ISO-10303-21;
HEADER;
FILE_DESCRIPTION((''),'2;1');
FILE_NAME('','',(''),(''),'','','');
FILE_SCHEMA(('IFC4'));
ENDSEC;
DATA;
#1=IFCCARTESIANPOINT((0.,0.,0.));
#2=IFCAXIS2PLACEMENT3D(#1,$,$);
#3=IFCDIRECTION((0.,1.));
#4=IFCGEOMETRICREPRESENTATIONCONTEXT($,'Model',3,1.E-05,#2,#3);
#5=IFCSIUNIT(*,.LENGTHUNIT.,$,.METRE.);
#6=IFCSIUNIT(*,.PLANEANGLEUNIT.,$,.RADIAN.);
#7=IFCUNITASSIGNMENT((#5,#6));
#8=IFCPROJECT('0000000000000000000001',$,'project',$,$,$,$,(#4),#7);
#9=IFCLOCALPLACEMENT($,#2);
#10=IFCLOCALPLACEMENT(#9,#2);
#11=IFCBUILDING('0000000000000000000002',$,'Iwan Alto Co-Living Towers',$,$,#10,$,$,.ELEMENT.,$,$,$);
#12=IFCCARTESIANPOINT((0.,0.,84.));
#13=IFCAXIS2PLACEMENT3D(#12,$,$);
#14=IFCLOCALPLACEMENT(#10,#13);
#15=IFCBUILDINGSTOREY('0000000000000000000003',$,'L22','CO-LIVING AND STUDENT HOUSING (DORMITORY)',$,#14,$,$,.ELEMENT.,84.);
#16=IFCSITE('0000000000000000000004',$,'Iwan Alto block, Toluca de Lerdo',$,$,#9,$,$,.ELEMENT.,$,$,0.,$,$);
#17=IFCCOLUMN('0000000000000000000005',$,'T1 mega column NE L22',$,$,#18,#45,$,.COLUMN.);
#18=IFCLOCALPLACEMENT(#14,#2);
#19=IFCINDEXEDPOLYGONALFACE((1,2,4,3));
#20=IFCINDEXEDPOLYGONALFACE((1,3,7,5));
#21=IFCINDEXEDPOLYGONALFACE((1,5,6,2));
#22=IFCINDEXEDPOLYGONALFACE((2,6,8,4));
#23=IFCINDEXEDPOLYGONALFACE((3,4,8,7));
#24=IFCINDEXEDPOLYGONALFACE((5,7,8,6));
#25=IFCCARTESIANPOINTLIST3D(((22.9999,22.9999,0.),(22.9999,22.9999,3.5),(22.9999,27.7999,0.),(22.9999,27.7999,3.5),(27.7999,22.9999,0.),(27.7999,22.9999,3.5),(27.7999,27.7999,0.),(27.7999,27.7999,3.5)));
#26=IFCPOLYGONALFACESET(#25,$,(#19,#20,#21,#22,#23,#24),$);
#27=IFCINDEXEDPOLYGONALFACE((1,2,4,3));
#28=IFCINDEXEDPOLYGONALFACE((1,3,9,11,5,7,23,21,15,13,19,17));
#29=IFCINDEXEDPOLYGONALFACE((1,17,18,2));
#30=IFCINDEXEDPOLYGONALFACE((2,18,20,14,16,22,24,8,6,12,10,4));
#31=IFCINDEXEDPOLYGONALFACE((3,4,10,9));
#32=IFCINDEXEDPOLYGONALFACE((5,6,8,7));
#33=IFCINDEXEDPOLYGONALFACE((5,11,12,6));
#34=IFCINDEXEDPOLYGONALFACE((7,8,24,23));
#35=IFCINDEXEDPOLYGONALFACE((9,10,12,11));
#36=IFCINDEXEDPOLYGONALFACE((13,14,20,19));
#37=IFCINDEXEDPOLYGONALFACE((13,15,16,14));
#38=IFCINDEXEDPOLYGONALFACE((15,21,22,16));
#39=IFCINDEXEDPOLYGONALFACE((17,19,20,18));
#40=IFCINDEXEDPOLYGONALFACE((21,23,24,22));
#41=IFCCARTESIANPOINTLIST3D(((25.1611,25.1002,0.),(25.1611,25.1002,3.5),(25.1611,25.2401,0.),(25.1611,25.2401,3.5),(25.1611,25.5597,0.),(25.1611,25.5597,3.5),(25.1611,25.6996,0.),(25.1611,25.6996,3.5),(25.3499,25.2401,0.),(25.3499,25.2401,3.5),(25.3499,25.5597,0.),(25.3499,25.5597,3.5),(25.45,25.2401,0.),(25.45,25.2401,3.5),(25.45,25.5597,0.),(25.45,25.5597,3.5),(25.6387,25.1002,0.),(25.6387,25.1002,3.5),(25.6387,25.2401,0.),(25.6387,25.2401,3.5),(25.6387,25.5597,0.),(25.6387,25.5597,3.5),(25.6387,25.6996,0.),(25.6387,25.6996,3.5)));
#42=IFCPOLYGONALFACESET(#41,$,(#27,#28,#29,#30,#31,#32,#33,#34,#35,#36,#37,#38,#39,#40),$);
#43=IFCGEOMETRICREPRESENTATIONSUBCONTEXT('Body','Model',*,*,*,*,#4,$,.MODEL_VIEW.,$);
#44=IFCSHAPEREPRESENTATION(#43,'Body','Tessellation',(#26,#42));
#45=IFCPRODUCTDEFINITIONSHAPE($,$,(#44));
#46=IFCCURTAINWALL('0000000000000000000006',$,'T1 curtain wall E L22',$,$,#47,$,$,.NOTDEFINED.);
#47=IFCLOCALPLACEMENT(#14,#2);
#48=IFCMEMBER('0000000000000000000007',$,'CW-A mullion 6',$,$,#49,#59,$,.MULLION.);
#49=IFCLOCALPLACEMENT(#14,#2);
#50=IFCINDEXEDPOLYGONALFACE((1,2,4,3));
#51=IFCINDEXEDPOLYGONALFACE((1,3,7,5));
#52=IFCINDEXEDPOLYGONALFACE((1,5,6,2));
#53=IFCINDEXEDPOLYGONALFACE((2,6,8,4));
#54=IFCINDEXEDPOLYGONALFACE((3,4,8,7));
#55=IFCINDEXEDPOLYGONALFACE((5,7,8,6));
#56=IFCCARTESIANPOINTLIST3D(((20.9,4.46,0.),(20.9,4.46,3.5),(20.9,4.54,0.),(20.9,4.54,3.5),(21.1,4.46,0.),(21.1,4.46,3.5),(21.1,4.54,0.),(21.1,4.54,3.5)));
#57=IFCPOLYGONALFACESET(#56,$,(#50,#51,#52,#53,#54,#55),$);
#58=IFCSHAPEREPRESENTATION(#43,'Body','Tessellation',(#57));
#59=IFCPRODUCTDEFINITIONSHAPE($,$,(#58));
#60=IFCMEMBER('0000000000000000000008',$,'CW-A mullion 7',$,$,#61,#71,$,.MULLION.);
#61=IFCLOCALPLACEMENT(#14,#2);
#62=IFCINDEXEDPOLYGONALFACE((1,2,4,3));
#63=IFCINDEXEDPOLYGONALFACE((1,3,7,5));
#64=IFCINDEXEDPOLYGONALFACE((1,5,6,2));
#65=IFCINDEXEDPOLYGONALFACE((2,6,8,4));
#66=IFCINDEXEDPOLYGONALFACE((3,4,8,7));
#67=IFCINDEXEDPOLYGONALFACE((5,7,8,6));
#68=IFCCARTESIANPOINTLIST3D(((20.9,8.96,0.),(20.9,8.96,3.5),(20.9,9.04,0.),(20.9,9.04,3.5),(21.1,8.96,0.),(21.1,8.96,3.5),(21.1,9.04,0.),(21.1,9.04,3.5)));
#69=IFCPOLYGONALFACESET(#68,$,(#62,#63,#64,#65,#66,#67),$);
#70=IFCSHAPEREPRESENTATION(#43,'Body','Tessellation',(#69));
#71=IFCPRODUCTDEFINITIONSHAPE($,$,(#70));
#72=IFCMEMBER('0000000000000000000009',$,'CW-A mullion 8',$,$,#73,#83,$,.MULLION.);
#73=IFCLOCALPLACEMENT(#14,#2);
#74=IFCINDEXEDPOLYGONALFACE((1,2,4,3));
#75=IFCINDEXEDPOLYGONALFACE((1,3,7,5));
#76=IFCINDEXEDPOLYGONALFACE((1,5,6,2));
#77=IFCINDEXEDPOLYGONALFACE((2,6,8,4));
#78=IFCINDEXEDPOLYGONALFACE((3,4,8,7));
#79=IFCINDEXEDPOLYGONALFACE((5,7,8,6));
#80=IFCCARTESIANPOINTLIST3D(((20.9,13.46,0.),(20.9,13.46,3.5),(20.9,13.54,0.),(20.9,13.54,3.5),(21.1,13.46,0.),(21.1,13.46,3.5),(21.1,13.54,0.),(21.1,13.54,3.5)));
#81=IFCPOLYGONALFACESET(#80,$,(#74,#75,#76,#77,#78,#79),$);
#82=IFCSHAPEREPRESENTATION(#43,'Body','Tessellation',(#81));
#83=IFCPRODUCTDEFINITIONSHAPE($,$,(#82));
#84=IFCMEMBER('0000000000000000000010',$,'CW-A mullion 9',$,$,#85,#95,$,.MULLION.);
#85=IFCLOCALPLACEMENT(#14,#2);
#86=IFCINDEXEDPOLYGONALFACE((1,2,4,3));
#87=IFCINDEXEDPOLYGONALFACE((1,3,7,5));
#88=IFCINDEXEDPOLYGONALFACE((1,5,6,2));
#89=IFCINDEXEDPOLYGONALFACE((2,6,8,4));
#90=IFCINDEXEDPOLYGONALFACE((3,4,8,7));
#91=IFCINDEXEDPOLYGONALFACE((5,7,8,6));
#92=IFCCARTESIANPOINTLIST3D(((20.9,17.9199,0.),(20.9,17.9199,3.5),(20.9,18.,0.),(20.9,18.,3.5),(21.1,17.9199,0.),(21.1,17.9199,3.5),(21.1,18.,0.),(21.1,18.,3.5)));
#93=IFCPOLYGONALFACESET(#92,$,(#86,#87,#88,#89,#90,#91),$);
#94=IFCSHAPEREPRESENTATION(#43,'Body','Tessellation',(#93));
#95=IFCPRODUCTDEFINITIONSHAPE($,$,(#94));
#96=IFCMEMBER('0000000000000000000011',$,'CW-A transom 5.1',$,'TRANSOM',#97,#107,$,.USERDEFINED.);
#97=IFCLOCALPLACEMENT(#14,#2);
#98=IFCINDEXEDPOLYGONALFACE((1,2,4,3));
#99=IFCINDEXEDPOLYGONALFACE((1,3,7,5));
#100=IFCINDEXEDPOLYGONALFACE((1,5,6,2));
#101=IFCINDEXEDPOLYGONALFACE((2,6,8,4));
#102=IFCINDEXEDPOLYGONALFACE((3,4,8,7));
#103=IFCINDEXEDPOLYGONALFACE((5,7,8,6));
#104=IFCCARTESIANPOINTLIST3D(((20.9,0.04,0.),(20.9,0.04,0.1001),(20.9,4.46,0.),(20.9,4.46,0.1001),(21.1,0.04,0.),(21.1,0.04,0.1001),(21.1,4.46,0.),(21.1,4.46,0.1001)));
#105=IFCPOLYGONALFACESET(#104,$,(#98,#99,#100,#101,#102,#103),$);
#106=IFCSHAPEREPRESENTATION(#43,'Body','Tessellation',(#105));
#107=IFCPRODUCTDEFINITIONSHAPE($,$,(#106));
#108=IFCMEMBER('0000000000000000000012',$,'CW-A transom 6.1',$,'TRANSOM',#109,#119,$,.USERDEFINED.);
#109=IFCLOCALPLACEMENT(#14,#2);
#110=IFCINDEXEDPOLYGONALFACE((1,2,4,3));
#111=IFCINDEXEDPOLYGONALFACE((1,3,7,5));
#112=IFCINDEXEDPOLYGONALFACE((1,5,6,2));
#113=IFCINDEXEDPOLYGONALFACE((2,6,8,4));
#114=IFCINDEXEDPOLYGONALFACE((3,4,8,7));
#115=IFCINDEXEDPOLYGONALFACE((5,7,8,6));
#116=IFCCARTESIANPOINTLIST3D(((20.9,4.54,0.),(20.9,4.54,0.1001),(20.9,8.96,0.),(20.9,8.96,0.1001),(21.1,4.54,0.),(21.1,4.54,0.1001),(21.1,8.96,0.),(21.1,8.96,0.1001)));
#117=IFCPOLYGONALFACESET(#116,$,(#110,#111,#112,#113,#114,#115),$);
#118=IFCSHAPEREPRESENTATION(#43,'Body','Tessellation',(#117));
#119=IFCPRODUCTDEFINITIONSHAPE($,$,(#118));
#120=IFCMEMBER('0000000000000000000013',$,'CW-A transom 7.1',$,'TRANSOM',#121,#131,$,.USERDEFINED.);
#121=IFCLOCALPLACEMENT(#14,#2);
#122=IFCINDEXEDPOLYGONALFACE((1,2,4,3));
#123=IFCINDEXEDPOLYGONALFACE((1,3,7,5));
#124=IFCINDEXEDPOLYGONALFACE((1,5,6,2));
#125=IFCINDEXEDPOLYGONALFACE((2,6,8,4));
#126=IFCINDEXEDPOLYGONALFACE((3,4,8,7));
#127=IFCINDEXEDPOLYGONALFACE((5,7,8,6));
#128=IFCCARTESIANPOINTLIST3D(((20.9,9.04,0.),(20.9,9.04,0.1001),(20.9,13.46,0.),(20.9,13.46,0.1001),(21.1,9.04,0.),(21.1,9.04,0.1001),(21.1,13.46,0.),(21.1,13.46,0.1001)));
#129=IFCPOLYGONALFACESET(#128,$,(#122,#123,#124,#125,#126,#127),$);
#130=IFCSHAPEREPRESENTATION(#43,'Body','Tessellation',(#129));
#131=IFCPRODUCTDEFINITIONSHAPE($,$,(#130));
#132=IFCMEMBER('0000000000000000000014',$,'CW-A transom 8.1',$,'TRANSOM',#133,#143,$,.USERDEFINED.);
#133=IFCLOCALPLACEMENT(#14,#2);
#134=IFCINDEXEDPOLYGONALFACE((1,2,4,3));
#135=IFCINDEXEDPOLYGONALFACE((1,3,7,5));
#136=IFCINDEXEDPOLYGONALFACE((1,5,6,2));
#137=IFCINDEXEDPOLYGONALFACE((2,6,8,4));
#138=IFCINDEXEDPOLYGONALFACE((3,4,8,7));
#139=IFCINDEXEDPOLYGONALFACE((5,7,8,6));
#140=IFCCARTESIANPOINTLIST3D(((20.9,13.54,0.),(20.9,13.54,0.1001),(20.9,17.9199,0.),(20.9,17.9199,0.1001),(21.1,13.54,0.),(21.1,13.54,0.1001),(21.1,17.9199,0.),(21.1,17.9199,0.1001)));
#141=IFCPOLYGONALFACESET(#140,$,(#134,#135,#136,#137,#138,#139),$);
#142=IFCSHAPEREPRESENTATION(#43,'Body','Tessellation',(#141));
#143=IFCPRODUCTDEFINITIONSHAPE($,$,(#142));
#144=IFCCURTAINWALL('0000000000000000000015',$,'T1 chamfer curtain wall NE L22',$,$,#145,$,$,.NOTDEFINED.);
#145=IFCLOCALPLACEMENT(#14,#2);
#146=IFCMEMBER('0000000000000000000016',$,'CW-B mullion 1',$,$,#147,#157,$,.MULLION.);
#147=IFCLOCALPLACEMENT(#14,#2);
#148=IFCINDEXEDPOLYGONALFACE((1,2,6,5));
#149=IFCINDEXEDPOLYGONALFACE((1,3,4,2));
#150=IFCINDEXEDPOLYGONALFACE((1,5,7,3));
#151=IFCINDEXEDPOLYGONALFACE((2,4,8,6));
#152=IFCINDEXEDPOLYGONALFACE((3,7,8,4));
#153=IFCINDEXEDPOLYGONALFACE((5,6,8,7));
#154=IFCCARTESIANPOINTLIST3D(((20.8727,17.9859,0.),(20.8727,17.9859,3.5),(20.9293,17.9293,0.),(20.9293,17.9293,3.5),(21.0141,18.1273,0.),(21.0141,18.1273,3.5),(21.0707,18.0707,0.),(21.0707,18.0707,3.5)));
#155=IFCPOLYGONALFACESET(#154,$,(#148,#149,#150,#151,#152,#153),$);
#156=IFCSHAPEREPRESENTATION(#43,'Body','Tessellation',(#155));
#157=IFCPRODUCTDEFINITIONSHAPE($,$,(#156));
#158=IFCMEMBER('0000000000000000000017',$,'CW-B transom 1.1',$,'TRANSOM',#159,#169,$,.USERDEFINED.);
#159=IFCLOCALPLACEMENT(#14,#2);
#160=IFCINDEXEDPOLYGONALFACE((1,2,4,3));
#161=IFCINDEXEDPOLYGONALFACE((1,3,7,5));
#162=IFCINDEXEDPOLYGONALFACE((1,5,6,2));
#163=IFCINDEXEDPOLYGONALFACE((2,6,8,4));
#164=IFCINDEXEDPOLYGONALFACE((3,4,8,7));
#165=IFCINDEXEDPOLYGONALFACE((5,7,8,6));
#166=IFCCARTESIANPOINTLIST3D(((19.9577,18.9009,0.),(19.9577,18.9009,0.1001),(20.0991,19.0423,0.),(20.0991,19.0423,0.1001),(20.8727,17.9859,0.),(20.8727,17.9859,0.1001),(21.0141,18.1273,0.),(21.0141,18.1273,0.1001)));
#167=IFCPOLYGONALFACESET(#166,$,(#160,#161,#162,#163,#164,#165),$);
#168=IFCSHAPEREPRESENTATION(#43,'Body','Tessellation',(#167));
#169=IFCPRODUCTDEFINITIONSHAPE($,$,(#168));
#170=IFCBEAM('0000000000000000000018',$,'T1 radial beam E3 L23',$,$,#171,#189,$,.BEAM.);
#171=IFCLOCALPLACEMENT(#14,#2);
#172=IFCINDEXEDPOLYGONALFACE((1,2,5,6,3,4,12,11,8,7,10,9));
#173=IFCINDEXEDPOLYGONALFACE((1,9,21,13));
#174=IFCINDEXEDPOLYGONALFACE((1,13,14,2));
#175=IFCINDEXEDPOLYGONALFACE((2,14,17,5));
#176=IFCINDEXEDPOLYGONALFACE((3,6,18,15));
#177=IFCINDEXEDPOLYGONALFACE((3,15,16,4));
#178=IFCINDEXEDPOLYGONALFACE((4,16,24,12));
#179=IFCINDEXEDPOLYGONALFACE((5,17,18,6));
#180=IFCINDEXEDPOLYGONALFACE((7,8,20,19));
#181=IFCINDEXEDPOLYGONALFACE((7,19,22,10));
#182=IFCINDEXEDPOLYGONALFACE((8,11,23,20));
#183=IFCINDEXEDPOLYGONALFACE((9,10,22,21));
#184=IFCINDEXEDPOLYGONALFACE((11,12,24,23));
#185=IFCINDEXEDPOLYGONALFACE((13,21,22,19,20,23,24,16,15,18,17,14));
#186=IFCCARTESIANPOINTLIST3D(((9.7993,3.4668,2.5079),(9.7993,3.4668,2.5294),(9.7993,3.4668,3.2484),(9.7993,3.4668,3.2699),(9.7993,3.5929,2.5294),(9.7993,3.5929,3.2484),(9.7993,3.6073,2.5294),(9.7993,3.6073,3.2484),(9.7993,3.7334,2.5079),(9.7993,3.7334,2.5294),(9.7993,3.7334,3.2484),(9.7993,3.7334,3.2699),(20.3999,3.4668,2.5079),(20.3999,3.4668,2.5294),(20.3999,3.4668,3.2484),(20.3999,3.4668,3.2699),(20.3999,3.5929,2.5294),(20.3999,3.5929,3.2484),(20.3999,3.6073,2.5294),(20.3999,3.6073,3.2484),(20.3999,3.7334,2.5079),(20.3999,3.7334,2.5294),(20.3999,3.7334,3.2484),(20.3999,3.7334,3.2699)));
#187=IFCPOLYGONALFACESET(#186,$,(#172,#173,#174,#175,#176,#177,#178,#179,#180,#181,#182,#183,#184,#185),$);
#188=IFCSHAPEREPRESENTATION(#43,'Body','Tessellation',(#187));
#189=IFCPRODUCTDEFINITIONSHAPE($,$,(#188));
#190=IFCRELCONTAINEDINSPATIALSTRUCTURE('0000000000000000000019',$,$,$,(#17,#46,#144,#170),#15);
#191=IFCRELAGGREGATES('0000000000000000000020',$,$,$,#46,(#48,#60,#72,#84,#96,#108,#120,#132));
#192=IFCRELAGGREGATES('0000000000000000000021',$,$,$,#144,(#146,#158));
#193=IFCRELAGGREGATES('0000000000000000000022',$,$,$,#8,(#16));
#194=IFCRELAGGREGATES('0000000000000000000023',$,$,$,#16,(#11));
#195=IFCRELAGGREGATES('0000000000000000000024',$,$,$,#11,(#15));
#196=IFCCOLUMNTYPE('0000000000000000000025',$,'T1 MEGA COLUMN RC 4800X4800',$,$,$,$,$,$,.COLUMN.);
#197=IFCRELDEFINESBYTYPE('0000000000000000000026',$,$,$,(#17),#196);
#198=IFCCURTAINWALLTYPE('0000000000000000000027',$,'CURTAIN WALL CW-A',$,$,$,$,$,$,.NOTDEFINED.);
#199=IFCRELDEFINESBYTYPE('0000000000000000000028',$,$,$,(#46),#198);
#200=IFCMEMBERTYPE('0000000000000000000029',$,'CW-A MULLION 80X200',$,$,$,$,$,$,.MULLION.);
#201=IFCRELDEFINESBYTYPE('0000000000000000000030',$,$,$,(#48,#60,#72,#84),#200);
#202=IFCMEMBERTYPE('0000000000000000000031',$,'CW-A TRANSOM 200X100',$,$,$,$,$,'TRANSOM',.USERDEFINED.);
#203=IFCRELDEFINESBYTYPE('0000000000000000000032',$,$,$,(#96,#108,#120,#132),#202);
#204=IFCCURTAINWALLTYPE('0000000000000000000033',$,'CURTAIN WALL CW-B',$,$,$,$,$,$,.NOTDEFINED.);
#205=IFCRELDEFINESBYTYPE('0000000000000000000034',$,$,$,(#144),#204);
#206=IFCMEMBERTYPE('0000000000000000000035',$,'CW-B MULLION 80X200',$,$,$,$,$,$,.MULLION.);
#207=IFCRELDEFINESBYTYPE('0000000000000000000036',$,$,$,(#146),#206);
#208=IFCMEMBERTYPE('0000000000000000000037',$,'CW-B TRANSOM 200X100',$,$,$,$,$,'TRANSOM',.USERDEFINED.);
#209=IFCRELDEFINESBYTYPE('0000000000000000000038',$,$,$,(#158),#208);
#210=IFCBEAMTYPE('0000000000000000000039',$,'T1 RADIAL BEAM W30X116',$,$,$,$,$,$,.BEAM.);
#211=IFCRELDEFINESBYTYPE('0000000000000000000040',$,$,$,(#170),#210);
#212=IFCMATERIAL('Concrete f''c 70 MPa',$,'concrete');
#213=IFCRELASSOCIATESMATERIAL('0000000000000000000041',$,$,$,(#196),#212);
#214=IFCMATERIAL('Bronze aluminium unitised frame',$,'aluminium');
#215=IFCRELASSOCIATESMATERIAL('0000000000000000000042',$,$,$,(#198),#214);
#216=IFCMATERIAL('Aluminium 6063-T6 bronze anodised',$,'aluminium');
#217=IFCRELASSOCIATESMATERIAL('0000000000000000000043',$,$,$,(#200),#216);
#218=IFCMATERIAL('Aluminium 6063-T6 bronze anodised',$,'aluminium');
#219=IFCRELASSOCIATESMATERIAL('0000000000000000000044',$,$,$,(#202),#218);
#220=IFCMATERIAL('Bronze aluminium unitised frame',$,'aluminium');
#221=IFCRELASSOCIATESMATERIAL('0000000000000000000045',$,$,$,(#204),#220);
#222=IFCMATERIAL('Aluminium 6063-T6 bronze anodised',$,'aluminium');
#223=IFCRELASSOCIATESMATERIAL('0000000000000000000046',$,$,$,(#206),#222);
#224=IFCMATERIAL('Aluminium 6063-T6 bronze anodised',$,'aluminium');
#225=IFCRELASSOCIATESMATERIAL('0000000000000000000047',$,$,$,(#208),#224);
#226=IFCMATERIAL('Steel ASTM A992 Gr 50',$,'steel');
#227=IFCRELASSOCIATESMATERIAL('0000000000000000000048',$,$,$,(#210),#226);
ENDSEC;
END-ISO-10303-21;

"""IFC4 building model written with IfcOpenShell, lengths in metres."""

from ifc_helpers import new_model, si_unit, direction, frame, origin, origin_2d, place, context, subcontext, project, spatial, rectangle, i_section, extrude, material, material_profile, profile_set, type_object, element, aggregate, save


model = new_model("IFC4")

# Units and contexts
model_context = context("Model", 3, precision=1e-05, world=origin(), true_north=direction((0.0, 1.0)))
body_context = subcontext(model_context, "Body", "Model", "MODEL_VIEW")
ifc_project = project(units=[si_unit("LENGTHUNIT", "METRE"), si_unit("PLANEANGLEUNIT", "RADIAN")], contexts=[model_context])

# Site, building, storey
site_placement = place(None, origin())
site = spatial("IfcSite", under=ifc_project, at=site_placement, Name="Iwan Alto block, Toluca de Lerdo", CompositionType="ELEMENT", RefElevation=0.0)
building_placement = place(site_placement, origin())
building = spatial("IfcBuilding", under=site, at=building_placement, Name="Iwan Alto Co-Living Towers", CompositionType="ELEMENT")
storey_placement = place(building_placement, frame((0.0, 0.0, 84.0)))
storey = spatial("IfcBuildingStorey", under=building, at=storey_placement, Name="L22", Description="CO-LIVING AND STUDENT HOUSING (DORMITORY)", CompositionType="ELEMENT", Elevation=84.0)

# Column
ifc_material_1 = material(Name="Concrete f'c 70 MPa", Category="concrete")
ifc_material_profile_1 = material_profile(ifc_material_1, rectangle(XDim=4.8, YDim=4.8, at=origin_2d()), Name="RC 4800X4800")
ifc_profile_set_1 = profile_set([ifc_material_profile_1], Name="Concrete f'c 70 MPa")
column_type = type_object("IfcColumnType", Name="T1 MEGA COLUMN RC 4800X4800", PredefinedType="COLUMN", material=ifc_profile_set_1)
column_placement = place(storey_placement, frame((25.3999, 25.3999, 0.0), z_axis=(0.0, 0.0, 1.0), x_axis=(1.0, 0.0, 0.0)))
element("IfcColumn", 1, at=column_placement, inside=storey, type_object=column_type, Name="T1 mega column NE L22", PredefinedType="COLUMN", context=body_context, shape_type="SweptSolid", body=[
    extrude(rectangle(XDim=4.8, YDim=4.8, at=origin_2d()), origin(), (0.0, 0.0, 1.0), 3.5),
    extrude(i_section(OverallWidth=0.4775, OverallDepth=0.5994, WebThickness=0.1001, FlangeThickness=0.1399, at=origin_2d()), origin(), (0.0, 0.0, 1.0), 3.5),
])

# Curtain walls, members
ifc_material_2 = material(Name="Bronze aluminium unitised frame", Category="aluminium")
curtain_wall_type_1 = type_object("IfcCurtainWallType", Name="CURTAIN WALL CW-A", PredefinedType="NOTDEFINED", material=ifc_material_2)
curtain_wall_1_placement = place(storey_placement, origin())
curtain_wall_1 = element("IfcCurtainWall", 2, at=curtain_wall_1_placement, inside=storey, type_object=curtain_wall_type_1, Name="T1 curtain wall E L22", PredefinedType="NOTDEFINED")
ifc_material_3 = material(Name="Aluminium 6063-T6 bronze anodised", Category="aluminium")
ifc_material_profile_2 = material_profile(ifc_material_3, rectangle(XDim=0.2, YDim=0.0801, at=origin_2d()), Name="AL 80X200")
ifc_profile_set_2 = profile_set([ifc_material_profile_2], Name="Aluminium 6063-T6 bronze anodised")
member_type_1 = type_object("IfcMemberType", Name="CW-A MULLION 80X200", PredefinedType="MULLION", material=ifc_profile_set_2)
member_1_placement = place(storey_placement, frame((21.0, 4.5, 0.0), z_axis=(0.0, 0.0, 1.0), x_axis=(-1.0, 0.0, 0.0)))
member_1 = element("IfcMember", 3, at=member_1_placement, type_object=member_type_1, Name="CW-A mullion 6", PredefinedType="MULLION", context=body_context, shape_type="SweptSolid", body=[
    extrude(rectangle(XDim=0.2, YDim=0.0801, at=origin_2d()), origin(), (0.0, 0.0, 1.0), 3.5),
])
member_2_placement = place(storey_placement, frame((21.0, 9.0, 0.0), z_axis=(0.0, 0.0, 1.0), x_axis=(-1.0, 0.0, 0.0)))
member_2 = element("IfcMember", 4, at=member_2_placement, type_object=member_type_1, Name="CW-A mullion 7", PredefinedType="MULLION", context=body_context, shape_type="SweptSolid", body=[
    extrude(rectangle(XDim=0.2, YDim=0.0801, at=origin_2d()), origin(), (0.0, 0.0, 1.0), 3.5),
])
member_3_placement = place(storey_placement, frame((21.0, 13.5, 0.0), z_axis=(0.0, 0.0, 1.0), x_axis=(-1.0, 0.0, 0.0)))
member_3 = element("IfcMember", 5, at=member_3_placement, type_object=member_type_1, Name="CW-A mullion 8", PredefinedType="MULLION", context=body_context, shape_type="SweptSolid", body=[
    extrude(rectangle(XDim=0.2, YDim=0.0801, at=origin_2d()), origin(), (0.0, 0.0, 1.0), 3.5),
])
member_4_placement = place(storey_placement, frame((21.0, 17.96, 0.0), z_axis=(0.0, 0.0, 1.0), x_axis=(-1.0, 0.0, 0.0)))
member_4 = element("IfcMember", 6, at=member_4_placement, type_object=member_type_1, Name="CW-A mullion 9", PredefinedType="MULLION", context=body_context, shape_type="SweptSolid", body=[
    extrude(rectangle(XDim=0.2, YDim=0.0801, at=origin_2d()), origin(), (0.0, 0.0, 1.0), 3.5),
])
ifc_material_4 = material(Name="Aluminium 6063-T6 bronze anodised", Category="aluminium")
ifc_material_profile_3 = material_profile(ifc_material_4, rectangle(XDim=0.2, YDim=0.1001, at=origin_2d()), Name="AL 200X100")
ifc_profile_set_3 = profile_set([ifc_material_profile_3], Name="Aluminium 6063-T6 bronze anodised")
member_type_2 = type_object("IfcMemberType", Name="CW-A TRANSOM 200X100", ElementType="TRANSOM", PredefinedType="USERDEFINED", material=ifc_profile_set_3)
member_5_placement = place(storey_placement, frame((21.0, 0.04, 0.05), z_axis=(0.0, 1.0, 0.0), x_axis=(-1.0, 0.0, 0.0)))
member_5 = element("IfcMember", 7, at=member_5_placement, type_object=member_type_2, Name="CW-A transom 5.1", ObjectType="TRANSOM", PredefinedType="USERDEFINED", context=body_context, shape_type="SweptSolid", body=[
    extrude(rectangle(XDim=0.2, YDim=0.1001, at=origin_2d()), origin(), (0.0, 0.0, 1.0), 4.4199),
])
member_6_placement = place(storey_placement, frame((21.0, 4.54, 0.05), z_axis=(0.0, 1.0, 0.0), x_axis=(-1.0, 0.0, 0.0)))
member_6 = element("IfcMember", 8, at=member_6_placement, type_object=member_type_2, Name="CW-A transom 6.1", ObjectType="TRANSOM", PredefinedType="USERDEFINED", context=body_context, shape_type="SweptSolid", body=[
    extrude(rectangle(XDim=0.2, YDim=0.1001, at=origin_2d()), origin(), (0.0, 0.0, 1.0), 4.4199),
])
member_7_placement = place(storey_placement, frame((21.0, 9.04, 0.05), z_axis=(0.0, 1.0, 0.0), x_axis=(-1.0, 0.0, 0.0)))
member_7 = element("IfcMember", 9, at=member_7_placement, type_object=member_type_2, Name="CW-A transom 7.1", ObjectType="TRANSOM", PredefinedType="USERDEFINED", context=body_context, shape_type="SweptSolid", body=[
    extrude(rectangle(XDim=0.2, YDim=0.1001, at=origin_2d()), origin(), (0.0, 0.0, 1.0), 4.4199),
])
member_8_placement = place(storey_placement, frame((21.0, 13.54, 0.05), z_axis=(0.0, 1.0, 0.0), x_axis=(-1.0, 0.0, 0.0)))
member_8 = element("IfcMember", 10, at=member_8_placement, type_object=member_type_2, Name="CW-A transom 8.1", ObjectType="TRANSOM", PredefinedType="USERDEFINED", context=body_context, shape_type="SweptSolid", body=[
    extrude(rectangle(XDim=0.2, YDim=0.1001, at=origin_2d()), origin(), (0.0, 0.0, 1.0), 4.3799),
])
ifc_material_5 = material(Name="Bronze aluminium unitised frame", Category="aluminium")
curtain_wall_type_2 = type_object("IfcCurtainWallType", Name="CURTAIN WALL CW-B", PredefinedType="NOTDEFINED", material=ifc_material_5)
curtain_wall_2_placement = place(storey_placement, origin())
curtain_wall_2 = element("IfcCurtainWall", 11, at=curtain_wall_2_placement, inside=storey, type_object=curtain_wall_type_2, Name="T1 chamfer curtain wall NE L22", PredefinedType="NOTDEFINED")
ifc_material_6 = material(Name="Aluminium 6063-T6 bronze anodised", Category="aluminium")
ifc_material_profile_4 = material_profile(ifc_material_6, rectangle(XDim=0.2, YDim=0.0801, at=origin_2d()), Name="AL 80X200")
ifc_profile_set_4 = profile_set([ifc_material_profile_4], Name="Aluminium 6063-T6 bronze anodised")
member_type_3 = type_object("IfcMemberType", Name="CW-B MULLION 80X200", PredefinedType="MULLION", material=ifc_profile_set_4)
member_9_placement = place(storey_placement, frame((20.9717, 18.0283, 0.0), z_axis=(0.0, 0.0, 1.0), x_axis=(-0.707107, -0.707107, 0.0)))
member_9 = element("IfcMember", 12, at=member_9_placement, type_object=member_type_3, Name="CW-B mullion 1", PredefinedType="MULLION", context=body_context, shape_type="SweptSolid", body=[
    extrude(rectangle(XDim=0.2, YDim=0.0801, at=origin_2d()), origin(), (0.0, 0.0, 1.0), 3.5),
])
ifc_material_7 = material(Name="Aluminium 6063-T6 bronze anodised", Category="aluminium")
ifc_material_profile_5 = material_profile(ifc_material_7, rectangle(XDim=0.2, YDim=0.1001, at=origin_2d()), Name="AL 200X100")
ifc_profile_set_5 = profile_set([ifc_material_profile_5], Name="Aluminium 6063-T6 bronze anodised")
member_type_4 = type_object("IfcMemberType", Name="CW-B TRANSOM 200X100", ElementType="TRANSOM", PredefinedType="USERDEFINED", material=ifc_profile_set_5)
member_10_placement = place(storey_placement, frame((20.9434, 18.0566, 0.05), z_axis=(-0.707107, 0.707107, 0.0), x_axis=(-0.707107, -0.707107, 0.0)))
member_10 = element("IfcMember", 13, at=member_10_placement, type_object=member_type_4, Name="CW-B transom 1.1", ObjectType="TRANSOM", PredefinedType="USERDEFINED", context=body_context, shape_type="SweptSolid", body=[
    extrude(rectangle(XDim=0.2, YDim=0.1001, at=origin_2d()), origin(), (0.0, 0.0, 1.0), 1.2939),
])

# Beam
ifc_material_8 = material(Name="Steel ASTM A992 Gr 50", Category="steel")
ifc_material_profile_6 = material_profile(ifc_material_8, i_section(OverallWidth=0.2666, OverallDepth=0.762, WebThickness=0.0144, FlangeThickness=0.0215, at=origin_2d()), Name="W30X116")
ifc_profile_set_6 = profile_set([ifc_material_profile_6], Name="Steel ASTM A992 Gr 50")
beam_type_1 = type_object("IfcBeamType", Name="T1 RADIAL BEAM W30X116", PredefinedType="BEAM", material=ifc_profile_set_6)
beam_1_placement = place(storey_placement, frame((20.3999, 3.6001, 2.8889), z_axis=(-1.0, 0.0, 0.0), x_axis=(0.0, -1.0, 0.0)))
element("IfcBeam", 14, at=beam_1_placement, inside=storey, type_object=beam_type_1, Name="T1 radial beam E3 L23", PredefinedType="BEAM", context=body_context, shape_type="SweptSolid", body=[
    extrude(i_section(OverallWidth=0.2666, OverallDepth=0.762, WebThickness=0.0144, FlangeThickness=0.0215, at=origin_2d()), origin(), (0.0, 0.0, 1.0), 10.6006),
])

aggregate(curtain_wall_1, [member_1, member_2, member_3, member_4, member_5, member_6, member_7, member_8])
aggregate(curtain_wall_2, [member_9, member_10])

save(model, "model.ifc")
